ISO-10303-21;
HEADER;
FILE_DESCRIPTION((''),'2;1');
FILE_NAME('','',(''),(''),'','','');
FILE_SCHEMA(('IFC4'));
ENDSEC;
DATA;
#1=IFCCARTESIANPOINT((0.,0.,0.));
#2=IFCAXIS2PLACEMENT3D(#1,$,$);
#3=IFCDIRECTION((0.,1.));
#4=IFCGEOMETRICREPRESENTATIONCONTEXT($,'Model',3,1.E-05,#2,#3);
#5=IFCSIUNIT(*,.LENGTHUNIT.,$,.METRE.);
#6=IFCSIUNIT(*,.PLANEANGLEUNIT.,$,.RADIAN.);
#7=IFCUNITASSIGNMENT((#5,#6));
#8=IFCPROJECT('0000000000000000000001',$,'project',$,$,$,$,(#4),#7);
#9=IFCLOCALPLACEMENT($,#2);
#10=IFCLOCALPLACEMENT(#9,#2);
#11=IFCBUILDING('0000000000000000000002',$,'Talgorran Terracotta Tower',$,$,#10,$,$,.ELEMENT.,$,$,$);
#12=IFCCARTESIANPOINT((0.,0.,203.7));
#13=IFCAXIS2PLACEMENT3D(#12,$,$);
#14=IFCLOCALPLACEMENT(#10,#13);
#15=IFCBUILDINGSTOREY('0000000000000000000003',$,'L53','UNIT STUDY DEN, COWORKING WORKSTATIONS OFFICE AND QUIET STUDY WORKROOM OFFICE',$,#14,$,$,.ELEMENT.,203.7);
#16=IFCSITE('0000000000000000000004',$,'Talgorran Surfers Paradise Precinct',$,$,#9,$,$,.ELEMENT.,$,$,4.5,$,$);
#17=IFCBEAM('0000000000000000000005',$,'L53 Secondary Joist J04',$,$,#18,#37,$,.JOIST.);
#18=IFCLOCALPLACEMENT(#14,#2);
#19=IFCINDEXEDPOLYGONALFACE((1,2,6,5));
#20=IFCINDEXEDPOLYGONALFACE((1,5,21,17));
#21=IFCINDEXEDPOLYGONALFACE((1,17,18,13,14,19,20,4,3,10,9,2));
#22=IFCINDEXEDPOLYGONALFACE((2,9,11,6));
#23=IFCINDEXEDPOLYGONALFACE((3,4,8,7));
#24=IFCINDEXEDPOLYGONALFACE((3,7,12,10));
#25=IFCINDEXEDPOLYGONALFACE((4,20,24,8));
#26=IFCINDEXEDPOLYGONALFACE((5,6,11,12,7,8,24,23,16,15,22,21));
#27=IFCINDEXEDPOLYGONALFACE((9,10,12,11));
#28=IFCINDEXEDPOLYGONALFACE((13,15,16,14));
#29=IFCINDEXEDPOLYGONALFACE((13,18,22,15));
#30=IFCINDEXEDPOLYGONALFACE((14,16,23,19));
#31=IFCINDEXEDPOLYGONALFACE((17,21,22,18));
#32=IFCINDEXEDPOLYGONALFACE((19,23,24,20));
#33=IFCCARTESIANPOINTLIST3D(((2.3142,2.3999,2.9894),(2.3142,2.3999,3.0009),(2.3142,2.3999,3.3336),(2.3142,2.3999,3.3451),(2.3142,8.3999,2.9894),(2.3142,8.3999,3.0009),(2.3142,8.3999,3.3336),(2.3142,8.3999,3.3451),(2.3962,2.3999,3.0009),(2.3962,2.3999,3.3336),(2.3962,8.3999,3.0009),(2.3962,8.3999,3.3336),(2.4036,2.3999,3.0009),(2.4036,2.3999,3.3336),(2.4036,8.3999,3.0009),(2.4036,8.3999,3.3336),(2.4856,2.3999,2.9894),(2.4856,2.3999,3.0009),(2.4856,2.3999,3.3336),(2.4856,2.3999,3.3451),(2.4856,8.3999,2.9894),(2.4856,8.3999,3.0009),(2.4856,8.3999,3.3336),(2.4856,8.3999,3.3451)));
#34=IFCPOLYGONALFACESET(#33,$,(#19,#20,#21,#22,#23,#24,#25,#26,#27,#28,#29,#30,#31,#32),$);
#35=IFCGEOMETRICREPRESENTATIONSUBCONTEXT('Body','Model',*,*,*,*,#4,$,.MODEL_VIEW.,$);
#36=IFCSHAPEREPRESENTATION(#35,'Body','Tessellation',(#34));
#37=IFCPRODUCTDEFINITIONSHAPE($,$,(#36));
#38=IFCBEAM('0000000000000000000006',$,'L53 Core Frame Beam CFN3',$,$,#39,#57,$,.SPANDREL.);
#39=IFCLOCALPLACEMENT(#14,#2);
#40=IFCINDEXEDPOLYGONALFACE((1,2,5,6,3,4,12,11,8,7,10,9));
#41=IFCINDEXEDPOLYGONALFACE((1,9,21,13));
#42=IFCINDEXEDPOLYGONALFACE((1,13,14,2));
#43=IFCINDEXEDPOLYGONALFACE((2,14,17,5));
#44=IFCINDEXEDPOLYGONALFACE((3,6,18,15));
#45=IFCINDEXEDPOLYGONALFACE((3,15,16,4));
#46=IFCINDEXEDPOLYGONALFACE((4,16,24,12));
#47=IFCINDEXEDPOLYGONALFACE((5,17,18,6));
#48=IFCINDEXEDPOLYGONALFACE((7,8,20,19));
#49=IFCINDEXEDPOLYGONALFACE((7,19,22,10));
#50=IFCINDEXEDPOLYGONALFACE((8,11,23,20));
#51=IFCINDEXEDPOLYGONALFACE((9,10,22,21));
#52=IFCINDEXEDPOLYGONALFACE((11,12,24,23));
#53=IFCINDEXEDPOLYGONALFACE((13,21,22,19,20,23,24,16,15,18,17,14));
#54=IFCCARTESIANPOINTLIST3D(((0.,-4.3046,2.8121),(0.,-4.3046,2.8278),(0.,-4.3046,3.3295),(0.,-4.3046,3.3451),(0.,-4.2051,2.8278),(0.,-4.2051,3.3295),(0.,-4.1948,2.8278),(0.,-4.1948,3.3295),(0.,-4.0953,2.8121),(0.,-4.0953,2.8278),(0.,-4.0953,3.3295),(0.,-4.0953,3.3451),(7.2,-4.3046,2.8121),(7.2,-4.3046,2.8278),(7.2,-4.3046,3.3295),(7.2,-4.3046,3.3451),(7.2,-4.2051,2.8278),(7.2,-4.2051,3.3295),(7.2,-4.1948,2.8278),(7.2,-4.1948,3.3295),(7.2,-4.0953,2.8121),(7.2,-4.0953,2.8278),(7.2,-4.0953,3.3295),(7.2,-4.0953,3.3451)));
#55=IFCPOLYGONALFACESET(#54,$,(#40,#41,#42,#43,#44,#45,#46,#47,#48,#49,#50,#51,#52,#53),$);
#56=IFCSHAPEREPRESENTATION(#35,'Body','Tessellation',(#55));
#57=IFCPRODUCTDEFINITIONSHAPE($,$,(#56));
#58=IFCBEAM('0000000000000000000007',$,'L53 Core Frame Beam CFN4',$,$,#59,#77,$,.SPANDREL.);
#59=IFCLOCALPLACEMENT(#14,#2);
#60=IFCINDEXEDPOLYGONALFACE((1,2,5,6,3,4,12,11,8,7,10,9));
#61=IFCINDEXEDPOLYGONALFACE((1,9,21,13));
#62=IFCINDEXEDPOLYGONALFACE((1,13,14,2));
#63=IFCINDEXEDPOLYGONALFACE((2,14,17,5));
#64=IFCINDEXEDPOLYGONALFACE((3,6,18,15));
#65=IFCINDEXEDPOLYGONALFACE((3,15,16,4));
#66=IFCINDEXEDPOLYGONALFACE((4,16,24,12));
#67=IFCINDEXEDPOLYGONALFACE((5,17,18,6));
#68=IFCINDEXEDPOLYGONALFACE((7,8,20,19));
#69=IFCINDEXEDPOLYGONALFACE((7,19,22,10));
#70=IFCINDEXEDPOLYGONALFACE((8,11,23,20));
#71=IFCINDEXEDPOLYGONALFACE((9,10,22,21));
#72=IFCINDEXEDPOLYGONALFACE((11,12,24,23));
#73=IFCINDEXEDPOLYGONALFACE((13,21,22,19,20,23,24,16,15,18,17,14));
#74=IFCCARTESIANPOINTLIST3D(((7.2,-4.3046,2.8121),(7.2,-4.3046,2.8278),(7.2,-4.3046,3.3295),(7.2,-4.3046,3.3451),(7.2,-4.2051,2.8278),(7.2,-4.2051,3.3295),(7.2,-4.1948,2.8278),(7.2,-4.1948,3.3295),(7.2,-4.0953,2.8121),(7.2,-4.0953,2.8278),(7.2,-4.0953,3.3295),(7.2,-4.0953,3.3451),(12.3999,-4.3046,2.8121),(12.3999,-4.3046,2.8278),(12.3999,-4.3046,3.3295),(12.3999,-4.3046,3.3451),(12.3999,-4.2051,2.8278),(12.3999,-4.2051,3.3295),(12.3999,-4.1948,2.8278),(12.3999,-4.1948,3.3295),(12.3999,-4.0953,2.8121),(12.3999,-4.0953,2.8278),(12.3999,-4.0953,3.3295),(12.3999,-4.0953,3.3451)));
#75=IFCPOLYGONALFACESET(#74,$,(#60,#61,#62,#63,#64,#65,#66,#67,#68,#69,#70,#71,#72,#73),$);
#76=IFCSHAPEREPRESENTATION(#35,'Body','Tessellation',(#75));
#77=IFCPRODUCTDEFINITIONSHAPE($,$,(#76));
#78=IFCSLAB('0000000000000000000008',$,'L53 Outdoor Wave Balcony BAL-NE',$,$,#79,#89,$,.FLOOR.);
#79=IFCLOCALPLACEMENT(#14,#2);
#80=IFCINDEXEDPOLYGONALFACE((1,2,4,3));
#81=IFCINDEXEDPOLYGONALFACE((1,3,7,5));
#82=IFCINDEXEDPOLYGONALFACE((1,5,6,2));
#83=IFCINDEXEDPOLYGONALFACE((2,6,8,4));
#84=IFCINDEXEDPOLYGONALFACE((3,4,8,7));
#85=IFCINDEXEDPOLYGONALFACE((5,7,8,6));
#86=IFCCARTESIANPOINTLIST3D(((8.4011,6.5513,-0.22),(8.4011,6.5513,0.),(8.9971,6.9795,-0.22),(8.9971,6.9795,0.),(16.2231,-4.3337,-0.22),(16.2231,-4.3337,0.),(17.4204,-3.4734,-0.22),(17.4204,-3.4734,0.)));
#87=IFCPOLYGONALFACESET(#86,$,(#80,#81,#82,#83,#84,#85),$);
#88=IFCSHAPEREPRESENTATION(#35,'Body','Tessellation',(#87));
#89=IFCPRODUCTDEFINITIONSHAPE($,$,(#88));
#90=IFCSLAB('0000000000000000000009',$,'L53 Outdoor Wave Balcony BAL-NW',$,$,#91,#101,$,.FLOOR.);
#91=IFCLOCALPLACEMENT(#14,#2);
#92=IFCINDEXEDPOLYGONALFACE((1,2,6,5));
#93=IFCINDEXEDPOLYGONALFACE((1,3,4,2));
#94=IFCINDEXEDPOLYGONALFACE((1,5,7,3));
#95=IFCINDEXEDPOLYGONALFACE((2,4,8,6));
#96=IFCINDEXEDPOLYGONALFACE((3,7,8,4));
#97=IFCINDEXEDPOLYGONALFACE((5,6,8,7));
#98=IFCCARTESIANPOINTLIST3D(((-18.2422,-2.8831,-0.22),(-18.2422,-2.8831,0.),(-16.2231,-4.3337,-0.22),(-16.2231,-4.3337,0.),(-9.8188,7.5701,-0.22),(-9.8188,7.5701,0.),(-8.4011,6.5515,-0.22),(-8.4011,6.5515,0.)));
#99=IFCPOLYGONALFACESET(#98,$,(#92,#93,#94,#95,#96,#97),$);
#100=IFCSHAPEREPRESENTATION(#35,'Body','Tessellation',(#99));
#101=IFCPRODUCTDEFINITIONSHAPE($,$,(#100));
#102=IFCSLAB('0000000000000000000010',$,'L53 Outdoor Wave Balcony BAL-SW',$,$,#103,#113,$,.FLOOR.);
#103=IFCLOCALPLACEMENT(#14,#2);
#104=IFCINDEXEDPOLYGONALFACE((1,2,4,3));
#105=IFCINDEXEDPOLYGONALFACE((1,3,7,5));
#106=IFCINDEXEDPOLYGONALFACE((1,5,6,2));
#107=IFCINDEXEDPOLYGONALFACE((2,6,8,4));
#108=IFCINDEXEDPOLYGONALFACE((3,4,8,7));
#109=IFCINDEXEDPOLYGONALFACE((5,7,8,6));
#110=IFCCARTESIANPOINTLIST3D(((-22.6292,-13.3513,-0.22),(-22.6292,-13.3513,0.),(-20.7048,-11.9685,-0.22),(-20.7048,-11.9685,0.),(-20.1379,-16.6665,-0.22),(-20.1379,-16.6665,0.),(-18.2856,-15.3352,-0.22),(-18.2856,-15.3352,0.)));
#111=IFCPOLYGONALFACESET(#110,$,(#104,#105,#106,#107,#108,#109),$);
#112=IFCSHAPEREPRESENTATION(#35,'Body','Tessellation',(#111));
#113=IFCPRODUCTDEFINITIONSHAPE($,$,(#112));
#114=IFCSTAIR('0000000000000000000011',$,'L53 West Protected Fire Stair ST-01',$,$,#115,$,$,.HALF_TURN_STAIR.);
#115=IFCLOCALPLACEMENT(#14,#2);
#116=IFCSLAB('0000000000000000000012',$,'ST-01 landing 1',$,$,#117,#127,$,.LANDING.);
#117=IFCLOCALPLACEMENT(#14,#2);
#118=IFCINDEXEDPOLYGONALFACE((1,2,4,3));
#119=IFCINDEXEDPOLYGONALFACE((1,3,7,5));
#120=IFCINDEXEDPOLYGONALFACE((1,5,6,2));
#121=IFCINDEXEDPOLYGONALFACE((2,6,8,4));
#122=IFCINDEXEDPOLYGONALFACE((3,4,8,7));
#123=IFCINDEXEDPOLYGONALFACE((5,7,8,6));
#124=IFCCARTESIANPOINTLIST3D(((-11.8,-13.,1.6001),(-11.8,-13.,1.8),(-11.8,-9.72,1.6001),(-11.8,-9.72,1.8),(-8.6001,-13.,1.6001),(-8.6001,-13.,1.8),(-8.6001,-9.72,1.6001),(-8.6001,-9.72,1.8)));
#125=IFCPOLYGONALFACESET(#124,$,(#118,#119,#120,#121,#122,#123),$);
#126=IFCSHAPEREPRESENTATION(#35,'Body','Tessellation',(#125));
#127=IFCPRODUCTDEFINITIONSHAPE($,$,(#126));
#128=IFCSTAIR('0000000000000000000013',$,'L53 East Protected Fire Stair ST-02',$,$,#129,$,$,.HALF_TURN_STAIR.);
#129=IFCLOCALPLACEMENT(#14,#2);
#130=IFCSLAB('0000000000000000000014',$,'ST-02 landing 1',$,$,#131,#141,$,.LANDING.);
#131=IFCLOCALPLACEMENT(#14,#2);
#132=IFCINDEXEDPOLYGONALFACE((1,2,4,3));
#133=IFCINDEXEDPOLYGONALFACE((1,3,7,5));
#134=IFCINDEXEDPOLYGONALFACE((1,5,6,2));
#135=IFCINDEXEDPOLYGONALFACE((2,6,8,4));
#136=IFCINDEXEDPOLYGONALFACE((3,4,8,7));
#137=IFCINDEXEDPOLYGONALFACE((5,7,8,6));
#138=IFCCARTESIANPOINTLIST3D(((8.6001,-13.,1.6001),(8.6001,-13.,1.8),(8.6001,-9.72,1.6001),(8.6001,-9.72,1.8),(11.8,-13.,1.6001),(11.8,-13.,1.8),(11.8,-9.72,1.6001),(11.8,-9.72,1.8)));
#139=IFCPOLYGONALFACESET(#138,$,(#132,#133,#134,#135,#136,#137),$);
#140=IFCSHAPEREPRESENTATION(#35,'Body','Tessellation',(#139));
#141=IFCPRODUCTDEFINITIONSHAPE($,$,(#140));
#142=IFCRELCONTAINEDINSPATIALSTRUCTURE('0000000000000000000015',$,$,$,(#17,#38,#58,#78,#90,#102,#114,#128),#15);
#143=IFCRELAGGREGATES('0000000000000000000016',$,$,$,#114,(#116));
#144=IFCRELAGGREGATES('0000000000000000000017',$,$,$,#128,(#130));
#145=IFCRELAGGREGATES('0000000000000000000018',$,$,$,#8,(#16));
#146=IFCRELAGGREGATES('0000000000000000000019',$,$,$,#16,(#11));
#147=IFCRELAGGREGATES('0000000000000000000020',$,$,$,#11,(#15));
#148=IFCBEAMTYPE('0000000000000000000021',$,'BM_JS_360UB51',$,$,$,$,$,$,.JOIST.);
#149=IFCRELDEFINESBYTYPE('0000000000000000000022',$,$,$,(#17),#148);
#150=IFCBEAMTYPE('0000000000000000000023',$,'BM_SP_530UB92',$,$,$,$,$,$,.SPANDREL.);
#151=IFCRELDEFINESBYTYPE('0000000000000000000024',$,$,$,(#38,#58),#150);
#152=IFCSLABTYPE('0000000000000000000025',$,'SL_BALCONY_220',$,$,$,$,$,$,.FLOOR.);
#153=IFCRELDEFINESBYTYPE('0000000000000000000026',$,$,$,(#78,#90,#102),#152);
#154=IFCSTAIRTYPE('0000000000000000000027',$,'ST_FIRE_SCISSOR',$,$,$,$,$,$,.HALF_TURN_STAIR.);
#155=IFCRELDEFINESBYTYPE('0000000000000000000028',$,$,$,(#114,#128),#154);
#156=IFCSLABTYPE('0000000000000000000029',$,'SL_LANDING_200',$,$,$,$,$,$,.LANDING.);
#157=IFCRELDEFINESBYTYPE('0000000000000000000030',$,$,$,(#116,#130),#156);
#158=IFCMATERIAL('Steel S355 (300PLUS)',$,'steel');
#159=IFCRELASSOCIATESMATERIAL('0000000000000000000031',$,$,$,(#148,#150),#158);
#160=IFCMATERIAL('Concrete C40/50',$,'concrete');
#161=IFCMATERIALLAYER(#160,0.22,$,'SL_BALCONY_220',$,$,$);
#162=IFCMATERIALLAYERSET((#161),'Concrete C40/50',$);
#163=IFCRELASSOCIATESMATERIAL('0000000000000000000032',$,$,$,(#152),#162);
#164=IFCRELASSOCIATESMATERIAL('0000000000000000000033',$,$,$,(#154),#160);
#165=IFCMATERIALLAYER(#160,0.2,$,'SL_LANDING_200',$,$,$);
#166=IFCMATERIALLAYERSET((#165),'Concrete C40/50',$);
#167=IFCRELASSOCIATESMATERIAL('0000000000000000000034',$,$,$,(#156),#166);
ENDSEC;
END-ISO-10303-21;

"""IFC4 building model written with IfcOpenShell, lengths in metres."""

from ifc_helpers import new_model, si_unit, direction, frame, origin, origin_2d, place, context, subcontext, project, spatial, polyline, i_section, outline, extrude, material, layer, layer_set, material_profile, profile_set, type_object, element, aggregate, save


model = new_model("IFC4")

# Units and contexts
model_context = context("Model", 3, precision=1e-05, world=origin(), true_north=direction((0.0, 1.0)))
body_context = subcontext(model_context, "Body", "Model", "MODEL_VIEW")
ifc_project = project(units=[si_unit("LENGTHUNIT", "METRE"), si_unit("PLANEANGLEUNIT", "RADIAN")], contexts=[model_context])

# Site, building, storey
site_placement = place(None, origin())
site = spatial("IfcSite", under=ifc_project, at=site_placement, Name="Talgorran Surfers Paradise Precinct", CompositionType="ELEMENT", RefElevation=4.5)
building_placement = place(site_placement, origin())
building = spatial("IfcBuilding", under=site, at=building_placement, Name="Talgorran Terracotta Tower", CompositionType="ELEMENT")
storey_placement = place(building_placement, frame((0.0, 0.0, 203.7)))
storey = spatial("IfcBuildingStorey", under=building, at=storey_placement, Name="L53", Description="UNIT STUDY DEN, COWORKING WORKSTATIONS OFFICE AND QUIET STUDY WORKROOM OFFICE", CompositionType="ELEMENT", Elevation=203.7)

# Shared definitions
ifc_material_1 = material(Name="Steel S355 (300PLUS)", Category="steel")

# Beams
ifc_material_profile_1 = material_profile(ifc_material_1, i_section(OverallWidth=0.1714, OverallDepth=0.3557, WebThickness=0.0073, FlangeThickness=0.0115, at=origin_2d()), Name="360UB50.7")
ifc_profile_set_1 = profile_set([ifc_material_profile_1], Name="Steel S355 (300PLUS)")
beam_type_1 = type_object("IfcBeamType", Name="BM_JS_360UB51", PredefinedType="JOIST", material=ifc_profile_set_1)
beam_1_placement = place(storey_placement, frame((2.3999, 2.3999, 3.1672), z_axis=(0.0, 1.0, 0.0), x_axis=(-1.0, 0.0, 0.0)))
element("IfcBeam", 1, at=beam_1_placement, inside=storey, type_object=beam_type_1, Name="L53 Secondary Joist J04", PredefinedType="JOIST", context=body_context, shape_type="SweptSolid", body=[
    extrude(i_section(OverallWidth=0.1714, OverallDepth=0.3557, WebThickness=0.0073, FlangeThickness=0.0115, at=origin_2d()), origin(), (0.0, 0.0, 1.0), 6.0),
])
ifc_material_profile_2 = material_profile(ifc_material_1, i_section(OverallWidth=0.2092, OverallDepth=0.533, WebThickness=0.0103, FlangeThickness=0.0156, at=origin_2d()), Name="530UB92.4")
ifc_profile_set_2 = profile_set([ifc_material_profile_2], Name="Steel S355 (300PLUS)")
beam_type_2 = type_object("IfcBeamType", Name="BM_SP_530UB92", PredefinedType="SPANDREL", material=ifc_profile_set_2)
beam_2_placement = place(storey_placement, frame((0.0, -4.2, 3.0786), z_axis=(1.0, 0.0, 0.0), x_axis=(0.0, 1.0, 0.0)))
element("IfcBeam", 2, at=beam_2_placement, inside=storey, type_object=beam_type_2, Name="L53 Core Frame Beam CFN3", PredefinedType="SPANDREL", context=body_context, shape_type="SweptSolid", body=[
    extrude(i_section(OverallWidth=0.2092, OverallDepth=0.533, WebThickness=0.0103, FlangeThickness=0.0156, at=origin_2d()), origin(), (0.0, 0.0, 1.0), 7.2),
])
beam_3_placement = place(storey_placement, frame((7.2, -4.2, 3.0786), z_axis=(1.0, 0.0, 0.0), x_axis=(0.0, 1.0, 0.0)))
element("IfcBeam", 3, at=beam_3_placement, inside=storey, type_object=beam_type_2, Name="L53 Core Frame Beam CFN4", PredefinedType="SPANDREL", context=body_context, shape_type="SweptSolid", body=[
    extrude(i_section(OverallWidth=0.2092, OverallDepth=0.533, WebThickness=0.0103, FlangeThickness=0.0156, at=origin_2d()), origin(), (0.0, 0.0, 1.0), 5.2),
])

# Slabs
ifc_material_2 = material(Name="Concrete C40/50", Category="concrete")
ifc_layer_1 = layer(ifc_material_2, 0.22, Name="SL_BALCONY_220")
ifc_layer_set_1 = layer_set([ifc_layer_1], Name="Concrete C40/50")
slab_type_1 = type_object("IfcSlabType", Name="SL_BALCONY_220", PredefinedType="FLOOR", material=ifc_layer_set_1)
slab_1_placement = place(storey_placement, frame((0.0, 0.0, -0.22)))
element("IfcSlab", 4, at=slab_1_placement, inside=storey, type_object=slab_type_1, Name="L53 Outdoor Wave Balcony BAL-NE", PredefinedType="FLOOR", context=body_context, shape_type="SweptSolid", body=[
    extrude(outline(polyline([(8.4011, 6.5513), (16.2231, -4.3337), (17.4204, -3.4734), (8.9971, 6.9795), (8.4011, 6.5513)])), origin(), (0.0, 0.0, 1.0), 0.22),
])
slab_2_placement = place(storey_placement, frame((0.0, 0.0, -0.22)))
element("IfcSlab", 5, at=slab_2_placement, inside=storey, type_object=slab_type_1, Name="L53 Outdoor Wave Balcony BAL-NW", PredefinedType="FLOOR", context=body_context, shape_type="SweptSolid", body=[
    extrude(outline(polyline([(-16.2231, -4.3337), (-8.4011, 6.5515), (-9.8188, 7.5701), (-18.2422, -2.8831), (-16.2231, -4.3337)])), origin(), (0.0, 0.0, 1.0), 0.22),
])
slab_3_placement = place(storey_placement, frame((0.0, 0.0, -0.22)))
element("IfcSlab", 6, at=slab_3_placement, inside=storey, type_object=slab_type_1, Name="L53 Outdoor Wave Balcony BAL-SW", PredefinedType="FLOOR", context=body_context, shape_type="SweptSolid", body=[
    extrude(outline(polyline([(-18.2856, -15.3352), (-20.7048, -11.9685), (-22.6292, -13.3513), (-20.1379, -16.6665), (-18.2856, -15.3352)])), origin(), (0.0, 0.0, 1.0), 0.22),
])

# Stairs, slabs
stair_type = type_object("IfcStairType", Name="ST_FIRE_SCISSOR", PredefinedType="HALF_TURN_STAIR", material=ifc_material_2)
stair_1_placement = place(storey_placement, origin())
stair_1 = element("IfcStair", 7, at=stair_1_placement, inside=storey, type_object=stair_type, Name="L53 West Protected Fire Stair ST-01", PredefinedType="HALF_TURN_STAIR")
ifc_layer_2 = layer(ifc_material_2, 0.2, Name="SL_LANDING_200")
ifc_layer_set_2 = layer_set([ifc_layer_2], Name="Concrete C40/50")
slab_type_2 = type_object("IfcSlabType", Name="SL_LANDING_200", PredefinedType="LANDING", material=ifc_layer_set_2)
slab_4_placement = place(storey_placement, frame((0.0, 0.0, 1.6001)))
slab_4 = element("IfcSlab", 8, at=slab_4_placement, type_object=slab_type_2, Name="ST-01 landing 1", PredefinedType="LANDING", context=body_context, shape_type="SweptSolid", body=[
    extrude(outline(polyline([(-11.8, -9.72), (-11.8, -13.0), (-8.6001, -13.0), (-8.6001, -9.72), (-11.8, -9.72)])), origin(), (0.0, 0.0, 1.0), 0.2),
])
aggregate(stair_1, [slab_4])
stair_2_placement = place(storey_placement, origin())
stair_2 = element("IfcStair", 9, at=stair_2_placement, inside=storey, type_object=stair_type, Name="L53 East Protected Fire Stair ST-02", PredefinedType="HALF_TURN_STAIR")
slab_5_placement = place(storey_placement, frame((0.0, 0.0, 1.6001)))
slab_5 = element("IfcSlab", 10, at=slab_5_placement, type_object=slab_type_2, Name="ST-02 landing 1", PredefinedType="LANDING", context=body_context, shape_type="SweptSolid", body=[
    extrude(outline(polyline([(8.6001, -9.72), (8.6001, -13.0), (11.8, -13.0), (11.8, -9.72), (8.6001, -9.72)])), origin(), (0.0, 0.0, 1.0), 0.2),
])
aggregate(stair_2, [slab_5])

save(model, "model.ifc")
